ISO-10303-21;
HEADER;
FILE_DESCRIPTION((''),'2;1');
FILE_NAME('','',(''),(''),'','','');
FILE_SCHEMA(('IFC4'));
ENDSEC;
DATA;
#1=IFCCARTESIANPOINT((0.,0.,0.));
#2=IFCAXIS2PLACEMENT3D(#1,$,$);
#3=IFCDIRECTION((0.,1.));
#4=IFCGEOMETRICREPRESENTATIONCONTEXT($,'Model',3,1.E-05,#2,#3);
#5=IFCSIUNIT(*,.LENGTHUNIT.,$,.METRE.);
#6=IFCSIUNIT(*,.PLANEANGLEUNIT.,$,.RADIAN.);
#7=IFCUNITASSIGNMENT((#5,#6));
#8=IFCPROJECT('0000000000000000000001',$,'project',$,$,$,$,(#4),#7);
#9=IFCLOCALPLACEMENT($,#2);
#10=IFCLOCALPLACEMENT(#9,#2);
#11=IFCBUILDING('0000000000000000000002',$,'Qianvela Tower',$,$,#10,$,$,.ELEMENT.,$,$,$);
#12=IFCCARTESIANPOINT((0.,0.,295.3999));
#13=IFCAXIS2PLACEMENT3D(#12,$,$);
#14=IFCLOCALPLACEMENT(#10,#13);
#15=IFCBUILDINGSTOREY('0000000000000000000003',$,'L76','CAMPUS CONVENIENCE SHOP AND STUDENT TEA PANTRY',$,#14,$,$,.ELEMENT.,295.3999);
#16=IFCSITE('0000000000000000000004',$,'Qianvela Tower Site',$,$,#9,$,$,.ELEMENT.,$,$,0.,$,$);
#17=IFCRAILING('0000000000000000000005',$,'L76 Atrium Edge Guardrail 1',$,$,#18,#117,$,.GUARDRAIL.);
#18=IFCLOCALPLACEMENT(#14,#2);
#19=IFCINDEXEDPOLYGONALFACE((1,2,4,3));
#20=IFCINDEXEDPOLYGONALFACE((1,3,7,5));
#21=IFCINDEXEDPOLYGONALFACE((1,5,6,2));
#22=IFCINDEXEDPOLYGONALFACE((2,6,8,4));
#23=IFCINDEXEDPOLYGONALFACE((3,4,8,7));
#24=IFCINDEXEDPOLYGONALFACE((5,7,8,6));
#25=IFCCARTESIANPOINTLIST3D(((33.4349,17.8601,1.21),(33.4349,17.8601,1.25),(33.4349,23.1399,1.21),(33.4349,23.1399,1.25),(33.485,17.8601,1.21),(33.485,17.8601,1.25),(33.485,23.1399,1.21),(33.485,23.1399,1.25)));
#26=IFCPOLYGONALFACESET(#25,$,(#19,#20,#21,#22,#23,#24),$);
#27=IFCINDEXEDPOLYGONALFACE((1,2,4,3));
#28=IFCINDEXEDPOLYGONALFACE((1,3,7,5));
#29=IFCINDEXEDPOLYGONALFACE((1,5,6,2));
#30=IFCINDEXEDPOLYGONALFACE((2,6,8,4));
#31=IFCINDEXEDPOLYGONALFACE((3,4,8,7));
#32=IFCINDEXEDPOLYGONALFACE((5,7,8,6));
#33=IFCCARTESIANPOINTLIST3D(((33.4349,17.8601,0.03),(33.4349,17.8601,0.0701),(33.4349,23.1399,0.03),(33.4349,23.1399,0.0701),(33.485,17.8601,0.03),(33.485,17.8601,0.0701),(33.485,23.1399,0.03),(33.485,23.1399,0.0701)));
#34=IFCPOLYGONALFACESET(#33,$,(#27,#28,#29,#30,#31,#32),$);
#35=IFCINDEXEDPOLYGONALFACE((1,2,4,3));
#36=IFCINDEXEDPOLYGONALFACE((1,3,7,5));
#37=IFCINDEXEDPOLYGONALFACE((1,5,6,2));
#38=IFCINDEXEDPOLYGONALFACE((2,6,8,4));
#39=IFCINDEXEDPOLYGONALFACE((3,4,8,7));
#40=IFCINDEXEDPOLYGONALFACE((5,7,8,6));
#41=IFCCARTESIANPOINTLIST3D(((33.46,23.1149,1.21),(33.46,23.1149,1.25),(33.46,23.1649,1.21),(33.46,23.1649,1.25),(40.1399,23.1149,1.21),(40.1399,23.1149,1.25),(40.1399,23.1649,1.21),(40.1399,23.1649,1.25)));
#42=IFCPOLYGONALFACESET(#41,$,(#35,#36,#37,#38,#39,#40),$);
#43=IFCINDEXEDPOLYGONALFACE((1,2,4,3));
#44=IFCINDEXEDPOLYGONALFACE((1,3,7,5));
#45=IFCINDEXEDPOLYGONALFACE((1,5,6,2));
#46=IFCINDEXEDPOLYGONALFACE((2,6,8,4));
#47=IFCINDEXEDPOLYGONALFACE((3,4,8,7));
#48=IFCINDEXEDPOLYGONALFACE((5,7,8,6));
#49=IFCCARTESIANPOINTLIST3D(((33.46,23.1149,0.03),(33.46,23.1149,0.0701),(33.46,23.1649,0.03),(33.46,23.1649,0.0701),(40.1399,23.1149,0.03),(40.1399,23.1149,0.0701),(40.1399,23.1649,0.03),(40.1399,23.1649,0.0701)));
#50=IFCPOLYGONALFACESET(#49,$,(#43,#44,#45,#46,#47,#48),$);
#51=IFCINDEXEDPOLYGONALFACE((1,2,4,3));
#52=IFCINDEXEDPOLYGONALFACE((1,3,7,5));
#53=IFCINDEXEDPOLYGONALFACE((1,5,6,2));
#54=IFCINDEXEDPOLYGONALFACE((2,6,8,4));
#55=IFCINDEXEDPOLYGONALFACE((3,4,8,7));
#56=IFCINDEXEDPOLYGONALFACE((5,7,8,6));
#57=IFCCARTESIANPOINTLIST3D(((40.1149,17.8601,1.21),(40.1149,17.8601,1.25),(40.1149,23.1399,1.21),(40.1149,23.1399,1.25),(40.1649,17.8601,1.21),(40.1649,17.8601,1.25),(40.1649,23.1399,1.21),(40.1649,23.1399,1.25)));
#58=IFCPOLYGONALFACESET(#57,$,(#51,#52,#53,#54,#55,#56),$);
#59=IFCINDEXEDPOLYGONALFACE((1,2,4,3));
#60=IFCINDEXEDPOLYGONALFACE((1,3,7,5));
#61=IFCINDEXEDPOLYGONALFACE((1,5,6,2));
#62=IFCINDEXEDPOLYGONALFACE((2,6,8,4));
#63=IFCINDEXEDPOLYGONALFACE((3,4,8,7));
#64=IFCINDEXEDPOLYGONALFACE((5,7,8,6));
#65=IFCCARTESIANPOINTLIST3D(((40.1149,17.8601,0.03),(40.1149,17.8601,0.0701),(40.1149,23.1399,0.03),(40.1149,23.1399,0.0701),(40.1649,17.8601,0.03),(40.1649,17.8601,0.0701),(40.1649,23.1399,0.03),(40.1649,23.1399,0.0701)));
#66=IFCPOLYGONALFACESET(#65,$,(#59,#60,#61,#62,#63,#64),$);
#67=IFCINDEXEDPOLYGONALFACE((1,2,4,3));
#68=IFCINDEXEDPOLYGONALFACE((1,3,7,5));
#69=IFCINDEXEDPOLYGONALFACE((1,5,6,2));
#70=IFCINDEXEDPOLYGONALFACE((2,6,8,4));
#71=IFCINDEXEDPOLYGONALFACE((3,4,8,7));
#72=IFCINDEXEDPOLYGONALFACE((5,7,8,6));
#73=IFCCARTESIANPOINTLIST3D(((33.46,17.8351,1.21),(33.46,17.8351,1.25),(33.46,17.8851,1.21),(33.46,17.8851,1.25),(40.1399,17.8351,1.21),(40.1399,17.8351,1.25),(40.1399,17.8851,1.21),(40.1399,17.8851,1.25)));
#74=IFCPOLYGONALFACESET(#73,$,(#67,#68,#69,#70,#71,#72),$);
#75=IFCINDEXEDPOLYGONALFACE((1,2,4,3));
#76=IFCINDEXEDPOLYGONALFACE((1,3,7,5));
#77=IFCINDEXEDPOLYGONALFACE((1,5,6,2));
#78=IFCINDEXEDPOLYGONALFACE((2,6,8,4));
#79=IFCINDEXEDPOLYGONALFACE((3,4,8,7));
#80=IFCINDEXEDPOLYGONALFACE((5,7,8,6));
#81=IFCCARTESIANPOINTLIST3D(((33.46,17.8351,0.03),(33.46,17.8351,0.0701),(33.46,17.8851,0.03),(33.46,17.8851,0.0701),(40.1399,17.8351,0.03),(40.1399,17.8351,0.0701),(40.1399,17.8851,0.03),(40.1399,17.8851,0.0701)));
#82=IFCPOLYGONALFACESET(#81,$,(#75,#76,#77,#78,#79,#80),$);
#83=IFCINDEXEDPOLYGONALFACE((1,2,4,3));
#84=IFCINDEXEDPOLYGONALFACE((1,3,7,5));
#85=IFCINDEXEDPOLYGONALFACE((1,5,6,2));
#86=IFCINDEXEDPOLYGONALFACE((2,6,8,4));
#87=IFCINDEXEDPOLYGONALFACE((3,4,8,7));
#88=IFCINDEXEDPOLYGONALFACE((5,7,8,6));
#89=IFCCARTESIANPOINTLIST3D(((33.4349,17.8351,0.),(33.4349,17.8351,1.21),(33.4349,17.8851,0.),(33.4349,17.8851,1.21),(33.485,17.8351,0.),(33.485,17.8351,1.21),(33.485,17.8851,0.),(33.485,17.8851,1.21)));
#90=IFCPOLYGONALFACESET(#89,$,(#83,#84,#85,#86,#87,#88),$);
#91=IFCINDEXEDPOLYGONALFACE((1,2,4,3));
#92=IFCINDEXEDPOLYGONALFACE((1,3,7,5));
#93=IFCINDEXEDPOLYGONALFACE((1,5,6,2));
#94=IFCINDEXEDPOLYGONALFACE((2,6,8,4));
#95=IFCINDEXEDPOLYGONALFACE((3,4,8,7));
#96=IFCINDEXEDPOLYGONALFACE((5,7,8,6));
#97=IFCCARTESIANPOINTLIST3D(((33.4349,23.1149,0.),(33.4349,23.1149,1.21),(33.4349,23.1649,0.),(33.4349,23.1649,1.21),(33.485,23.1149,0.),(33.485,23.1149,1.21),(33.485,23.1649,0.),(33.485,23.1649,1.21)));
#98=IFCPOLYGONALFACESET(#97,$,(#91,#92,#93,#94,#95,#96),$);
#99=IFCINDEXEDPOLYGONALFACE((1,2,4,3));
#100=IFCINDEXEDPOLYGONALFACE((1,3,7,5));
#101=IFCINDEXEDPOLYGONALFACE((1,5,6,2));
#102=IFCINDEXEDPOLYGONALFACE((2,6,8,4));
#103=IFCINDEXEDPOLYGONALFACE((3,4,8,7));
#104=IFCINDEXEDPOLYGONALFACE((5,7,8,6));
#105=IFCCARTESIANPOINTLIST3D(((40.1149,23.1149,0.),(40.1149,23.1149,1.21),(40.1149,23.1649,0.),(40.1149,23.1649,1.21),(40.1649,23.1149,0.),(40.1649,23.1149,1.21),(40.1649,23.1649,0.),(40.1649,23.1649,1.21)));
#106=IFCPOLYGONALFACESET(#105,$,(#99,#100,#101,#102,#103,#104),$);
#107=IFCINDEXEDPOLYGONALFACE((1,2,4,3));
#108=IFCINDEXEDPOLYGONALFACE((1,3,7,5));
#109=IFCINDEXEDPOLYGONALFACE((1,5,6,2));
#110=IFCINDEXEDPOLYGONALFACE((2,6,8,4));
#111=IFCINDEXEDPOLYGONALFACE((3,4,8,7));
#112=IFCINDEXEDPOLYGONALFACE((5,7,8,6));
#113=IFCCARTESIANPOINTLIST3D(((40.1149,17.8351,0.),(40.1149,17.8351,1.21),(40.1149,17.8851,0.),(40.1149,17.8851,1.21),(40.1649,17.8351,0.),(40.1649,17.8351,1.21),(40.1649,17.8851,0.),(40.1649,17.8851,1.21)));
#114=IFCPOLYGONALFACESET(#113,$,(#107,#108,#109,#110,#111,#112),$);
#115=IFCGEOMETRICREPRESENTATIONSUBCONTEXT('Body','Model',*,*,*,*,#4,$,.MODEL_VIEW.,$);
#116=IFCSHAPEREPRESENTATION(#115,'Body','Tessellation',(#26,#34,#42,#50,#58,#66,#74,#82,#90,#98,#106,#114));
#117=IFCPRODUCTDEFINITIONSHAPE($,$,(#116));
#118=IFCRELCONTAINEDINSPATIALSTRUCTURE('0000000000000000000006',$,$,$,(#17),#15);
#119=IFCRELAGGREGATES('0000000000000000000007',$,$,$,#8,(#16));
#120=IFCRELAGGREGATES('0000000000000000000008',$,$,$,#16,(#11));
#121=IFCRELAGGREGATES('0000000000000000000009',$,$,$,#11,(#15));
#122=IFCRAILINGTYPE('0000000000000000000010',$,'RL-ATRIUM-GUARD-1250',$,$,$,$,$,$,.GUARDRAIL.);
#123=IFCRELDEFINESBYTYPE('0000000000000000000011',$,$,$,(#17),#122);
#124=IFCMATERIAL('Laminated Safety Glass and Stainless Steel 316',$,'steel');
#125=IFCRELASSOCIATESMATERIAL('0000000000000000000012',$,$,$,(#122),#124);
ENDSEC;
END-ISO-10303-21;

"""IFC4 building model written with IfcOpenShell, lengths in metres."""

from ifc_helpers import new_model, si_unit, direction, frame, origin, origin_2d, place, context, subcontext, project, spatial, rectangle, extrude, material, type_object, element, save


model = new_model("IFC4")

# Units and contexts
model_context = context("Model", 3, precision=1e-05, world=origin(), true_north=direction((0.0, 1.0)))
body_context = subcontext(model_context, "Body", "Model", "MODEL_VIEW")
ifc_project = project(units=[si_unit("LENGTHUNIT", "METRE"), si_unit("PLANEANGLEUNIT", "RADIAN")], contexts=[model_context])

# Site, building, storey
site_placement = place(None, origin())
site = spatial("IfcSite", under=ifc_project, at=site_placement, Name="Qianvela Tower Site", CompositionType="ELEMENT", RefElevation=0.0)
building_placement = place(site_placement, origin())
building = spatial("IfcBuilding", under=site, at=building_placement, Name="Qianvela Tower", CompositionType="ELEMENT")
storey_placement = place(building_placement, frame((0.0, 0.0, 295.3999)))
storey = spatial("IfcBuildingStorey", under=building, at=storey_placement, Name="L76", Description="CAMPUS CONVENIENCE SHOP AND STUDENT TEA PANTRY", CompositionType="ELEMENT", Elevation=295.3999)

# Railing
ifc_material_1 = material(Name="Laminated Safety Glass and Stainless Steel 316", Category="steel")
railing_type = type_object("IfcRailingType", Name="RL-ATRIUM-GUARD-1250", PredefinedType="GUARDRAIL", material=ifc_material_1)
railing_placement = place(storey_placement, frame((33.46, 17.8601, 0.0)))
element("IfcRailing", 1, at=railing_placement, inside=storey, type_object=railing_type, Name="L76 Atrium Edge Guardrail 1", PredefinedType="GUARDRAIL", context=body_context, shape_type="SweptSolid", body=[
    extrude(rectangle(XDim=0.05, YDim=0.04, at=origin_2d()), frame((0.0, 0.0, 1.23), z_axis=(0.0, 1.0, 0.0), x_axis=(-1.0, 0.0, 0.0)), (0.0, 0.0, 1.0), 5.2798),
    extrude(rectangle(XDim=0.05, YDim=0.04, at=origin_2d()), frame((0.0, 0.0, 0.05), z_axis=(0.0, 1.0, 0.0), x_axis=(-1.0, 0.0, 0.0)), (0.0, 0.0, 1.0), 5.2798),
    extrude(rectangle(XDim=0.05, YDim=0.04, at=origin_2d()), frame((0.0, 5.2798, 1.23), z_axis=(1.0, 0.0, 0.0), x_axis=(0.0, 1.0, 0.0)), (0.0, 0.0, 1.0), 6.6799),
    extrude(rectangle(XDim=0.05, YDim=0.04, at=origin_2d()), frame((0.0, 5.2798, 0.05), z_axis=(1.0, 0.0, 0.0), x_axis=(0.0, 1.0, 0.0)), (0.0, 0.0, 1.0), 6.6799),
    extrude(rectangle(XDim=0.05, YDim=0.04, at=origin_2d()), frame((6.6799, 5.2798, 1.23), z_axis=(0.0, -1.0, 0.0), x_axis=(1.0, 0.0, 0.0)), (0.0, 0.0, 1.0), 5.2798),
    extrude(rectangle(XDim=0.05, YDim=0.04, at=origin_2d()), frame((6.6799, 5.2798, 0.05), z_axis=(0.0, -1.0, 0.0), x_axis=(1.0, 0.0, 0.0)), (0.0, 0.0, 1.0), 5.2798),
    extrude(rectangle(XDim=0.05, YDim=0.04, at=origin_2d()), frame((6.6799, 0.0, 1.23), z_axis=(-1.0, 0.0, 0.0), x_axis=(0.0, -1.0, 0.0)), (0.0, 0.0, 1.0), 6.6799),
    extrude(rectangle(XDim=0.05, YDim=0.04, at=origin_2d()), frame((6.6799, 0.0, 0.05), z_axis=(-1.0, 0.0, 0.0), x_axis=(0.0, -1.0, 0.0)), (0.0, 0.0, 1.0), 6.6799),
    extrude(rectangle(XDim=0.05, YDim=0.05, at=origin_2d()), origin(), (0.0, 0.0, 1.0), 1.21),
    extrude(rectangle(XDim=0.05, YDim=0.05, at=origin_2d()), frame((0.0, 5.2798, 0.0)), (0.0, 0.0, 1.0), 1.21),
    extrude(rectangle(XDim=0.05, YDim=0.05, at=origin_2d()), frame((6.6799, 5.2798, 0.0)), (0.0, 0.0, 1.0), 1.21),
    extrude(rectangle(XDim=0.05, YDim=0.05, at=origin_2d()), frame((6.6799, 0.0, 0.0)), (0.0, 0.0, 1.0), 1.21),
])

save(model, "model.ifc")
